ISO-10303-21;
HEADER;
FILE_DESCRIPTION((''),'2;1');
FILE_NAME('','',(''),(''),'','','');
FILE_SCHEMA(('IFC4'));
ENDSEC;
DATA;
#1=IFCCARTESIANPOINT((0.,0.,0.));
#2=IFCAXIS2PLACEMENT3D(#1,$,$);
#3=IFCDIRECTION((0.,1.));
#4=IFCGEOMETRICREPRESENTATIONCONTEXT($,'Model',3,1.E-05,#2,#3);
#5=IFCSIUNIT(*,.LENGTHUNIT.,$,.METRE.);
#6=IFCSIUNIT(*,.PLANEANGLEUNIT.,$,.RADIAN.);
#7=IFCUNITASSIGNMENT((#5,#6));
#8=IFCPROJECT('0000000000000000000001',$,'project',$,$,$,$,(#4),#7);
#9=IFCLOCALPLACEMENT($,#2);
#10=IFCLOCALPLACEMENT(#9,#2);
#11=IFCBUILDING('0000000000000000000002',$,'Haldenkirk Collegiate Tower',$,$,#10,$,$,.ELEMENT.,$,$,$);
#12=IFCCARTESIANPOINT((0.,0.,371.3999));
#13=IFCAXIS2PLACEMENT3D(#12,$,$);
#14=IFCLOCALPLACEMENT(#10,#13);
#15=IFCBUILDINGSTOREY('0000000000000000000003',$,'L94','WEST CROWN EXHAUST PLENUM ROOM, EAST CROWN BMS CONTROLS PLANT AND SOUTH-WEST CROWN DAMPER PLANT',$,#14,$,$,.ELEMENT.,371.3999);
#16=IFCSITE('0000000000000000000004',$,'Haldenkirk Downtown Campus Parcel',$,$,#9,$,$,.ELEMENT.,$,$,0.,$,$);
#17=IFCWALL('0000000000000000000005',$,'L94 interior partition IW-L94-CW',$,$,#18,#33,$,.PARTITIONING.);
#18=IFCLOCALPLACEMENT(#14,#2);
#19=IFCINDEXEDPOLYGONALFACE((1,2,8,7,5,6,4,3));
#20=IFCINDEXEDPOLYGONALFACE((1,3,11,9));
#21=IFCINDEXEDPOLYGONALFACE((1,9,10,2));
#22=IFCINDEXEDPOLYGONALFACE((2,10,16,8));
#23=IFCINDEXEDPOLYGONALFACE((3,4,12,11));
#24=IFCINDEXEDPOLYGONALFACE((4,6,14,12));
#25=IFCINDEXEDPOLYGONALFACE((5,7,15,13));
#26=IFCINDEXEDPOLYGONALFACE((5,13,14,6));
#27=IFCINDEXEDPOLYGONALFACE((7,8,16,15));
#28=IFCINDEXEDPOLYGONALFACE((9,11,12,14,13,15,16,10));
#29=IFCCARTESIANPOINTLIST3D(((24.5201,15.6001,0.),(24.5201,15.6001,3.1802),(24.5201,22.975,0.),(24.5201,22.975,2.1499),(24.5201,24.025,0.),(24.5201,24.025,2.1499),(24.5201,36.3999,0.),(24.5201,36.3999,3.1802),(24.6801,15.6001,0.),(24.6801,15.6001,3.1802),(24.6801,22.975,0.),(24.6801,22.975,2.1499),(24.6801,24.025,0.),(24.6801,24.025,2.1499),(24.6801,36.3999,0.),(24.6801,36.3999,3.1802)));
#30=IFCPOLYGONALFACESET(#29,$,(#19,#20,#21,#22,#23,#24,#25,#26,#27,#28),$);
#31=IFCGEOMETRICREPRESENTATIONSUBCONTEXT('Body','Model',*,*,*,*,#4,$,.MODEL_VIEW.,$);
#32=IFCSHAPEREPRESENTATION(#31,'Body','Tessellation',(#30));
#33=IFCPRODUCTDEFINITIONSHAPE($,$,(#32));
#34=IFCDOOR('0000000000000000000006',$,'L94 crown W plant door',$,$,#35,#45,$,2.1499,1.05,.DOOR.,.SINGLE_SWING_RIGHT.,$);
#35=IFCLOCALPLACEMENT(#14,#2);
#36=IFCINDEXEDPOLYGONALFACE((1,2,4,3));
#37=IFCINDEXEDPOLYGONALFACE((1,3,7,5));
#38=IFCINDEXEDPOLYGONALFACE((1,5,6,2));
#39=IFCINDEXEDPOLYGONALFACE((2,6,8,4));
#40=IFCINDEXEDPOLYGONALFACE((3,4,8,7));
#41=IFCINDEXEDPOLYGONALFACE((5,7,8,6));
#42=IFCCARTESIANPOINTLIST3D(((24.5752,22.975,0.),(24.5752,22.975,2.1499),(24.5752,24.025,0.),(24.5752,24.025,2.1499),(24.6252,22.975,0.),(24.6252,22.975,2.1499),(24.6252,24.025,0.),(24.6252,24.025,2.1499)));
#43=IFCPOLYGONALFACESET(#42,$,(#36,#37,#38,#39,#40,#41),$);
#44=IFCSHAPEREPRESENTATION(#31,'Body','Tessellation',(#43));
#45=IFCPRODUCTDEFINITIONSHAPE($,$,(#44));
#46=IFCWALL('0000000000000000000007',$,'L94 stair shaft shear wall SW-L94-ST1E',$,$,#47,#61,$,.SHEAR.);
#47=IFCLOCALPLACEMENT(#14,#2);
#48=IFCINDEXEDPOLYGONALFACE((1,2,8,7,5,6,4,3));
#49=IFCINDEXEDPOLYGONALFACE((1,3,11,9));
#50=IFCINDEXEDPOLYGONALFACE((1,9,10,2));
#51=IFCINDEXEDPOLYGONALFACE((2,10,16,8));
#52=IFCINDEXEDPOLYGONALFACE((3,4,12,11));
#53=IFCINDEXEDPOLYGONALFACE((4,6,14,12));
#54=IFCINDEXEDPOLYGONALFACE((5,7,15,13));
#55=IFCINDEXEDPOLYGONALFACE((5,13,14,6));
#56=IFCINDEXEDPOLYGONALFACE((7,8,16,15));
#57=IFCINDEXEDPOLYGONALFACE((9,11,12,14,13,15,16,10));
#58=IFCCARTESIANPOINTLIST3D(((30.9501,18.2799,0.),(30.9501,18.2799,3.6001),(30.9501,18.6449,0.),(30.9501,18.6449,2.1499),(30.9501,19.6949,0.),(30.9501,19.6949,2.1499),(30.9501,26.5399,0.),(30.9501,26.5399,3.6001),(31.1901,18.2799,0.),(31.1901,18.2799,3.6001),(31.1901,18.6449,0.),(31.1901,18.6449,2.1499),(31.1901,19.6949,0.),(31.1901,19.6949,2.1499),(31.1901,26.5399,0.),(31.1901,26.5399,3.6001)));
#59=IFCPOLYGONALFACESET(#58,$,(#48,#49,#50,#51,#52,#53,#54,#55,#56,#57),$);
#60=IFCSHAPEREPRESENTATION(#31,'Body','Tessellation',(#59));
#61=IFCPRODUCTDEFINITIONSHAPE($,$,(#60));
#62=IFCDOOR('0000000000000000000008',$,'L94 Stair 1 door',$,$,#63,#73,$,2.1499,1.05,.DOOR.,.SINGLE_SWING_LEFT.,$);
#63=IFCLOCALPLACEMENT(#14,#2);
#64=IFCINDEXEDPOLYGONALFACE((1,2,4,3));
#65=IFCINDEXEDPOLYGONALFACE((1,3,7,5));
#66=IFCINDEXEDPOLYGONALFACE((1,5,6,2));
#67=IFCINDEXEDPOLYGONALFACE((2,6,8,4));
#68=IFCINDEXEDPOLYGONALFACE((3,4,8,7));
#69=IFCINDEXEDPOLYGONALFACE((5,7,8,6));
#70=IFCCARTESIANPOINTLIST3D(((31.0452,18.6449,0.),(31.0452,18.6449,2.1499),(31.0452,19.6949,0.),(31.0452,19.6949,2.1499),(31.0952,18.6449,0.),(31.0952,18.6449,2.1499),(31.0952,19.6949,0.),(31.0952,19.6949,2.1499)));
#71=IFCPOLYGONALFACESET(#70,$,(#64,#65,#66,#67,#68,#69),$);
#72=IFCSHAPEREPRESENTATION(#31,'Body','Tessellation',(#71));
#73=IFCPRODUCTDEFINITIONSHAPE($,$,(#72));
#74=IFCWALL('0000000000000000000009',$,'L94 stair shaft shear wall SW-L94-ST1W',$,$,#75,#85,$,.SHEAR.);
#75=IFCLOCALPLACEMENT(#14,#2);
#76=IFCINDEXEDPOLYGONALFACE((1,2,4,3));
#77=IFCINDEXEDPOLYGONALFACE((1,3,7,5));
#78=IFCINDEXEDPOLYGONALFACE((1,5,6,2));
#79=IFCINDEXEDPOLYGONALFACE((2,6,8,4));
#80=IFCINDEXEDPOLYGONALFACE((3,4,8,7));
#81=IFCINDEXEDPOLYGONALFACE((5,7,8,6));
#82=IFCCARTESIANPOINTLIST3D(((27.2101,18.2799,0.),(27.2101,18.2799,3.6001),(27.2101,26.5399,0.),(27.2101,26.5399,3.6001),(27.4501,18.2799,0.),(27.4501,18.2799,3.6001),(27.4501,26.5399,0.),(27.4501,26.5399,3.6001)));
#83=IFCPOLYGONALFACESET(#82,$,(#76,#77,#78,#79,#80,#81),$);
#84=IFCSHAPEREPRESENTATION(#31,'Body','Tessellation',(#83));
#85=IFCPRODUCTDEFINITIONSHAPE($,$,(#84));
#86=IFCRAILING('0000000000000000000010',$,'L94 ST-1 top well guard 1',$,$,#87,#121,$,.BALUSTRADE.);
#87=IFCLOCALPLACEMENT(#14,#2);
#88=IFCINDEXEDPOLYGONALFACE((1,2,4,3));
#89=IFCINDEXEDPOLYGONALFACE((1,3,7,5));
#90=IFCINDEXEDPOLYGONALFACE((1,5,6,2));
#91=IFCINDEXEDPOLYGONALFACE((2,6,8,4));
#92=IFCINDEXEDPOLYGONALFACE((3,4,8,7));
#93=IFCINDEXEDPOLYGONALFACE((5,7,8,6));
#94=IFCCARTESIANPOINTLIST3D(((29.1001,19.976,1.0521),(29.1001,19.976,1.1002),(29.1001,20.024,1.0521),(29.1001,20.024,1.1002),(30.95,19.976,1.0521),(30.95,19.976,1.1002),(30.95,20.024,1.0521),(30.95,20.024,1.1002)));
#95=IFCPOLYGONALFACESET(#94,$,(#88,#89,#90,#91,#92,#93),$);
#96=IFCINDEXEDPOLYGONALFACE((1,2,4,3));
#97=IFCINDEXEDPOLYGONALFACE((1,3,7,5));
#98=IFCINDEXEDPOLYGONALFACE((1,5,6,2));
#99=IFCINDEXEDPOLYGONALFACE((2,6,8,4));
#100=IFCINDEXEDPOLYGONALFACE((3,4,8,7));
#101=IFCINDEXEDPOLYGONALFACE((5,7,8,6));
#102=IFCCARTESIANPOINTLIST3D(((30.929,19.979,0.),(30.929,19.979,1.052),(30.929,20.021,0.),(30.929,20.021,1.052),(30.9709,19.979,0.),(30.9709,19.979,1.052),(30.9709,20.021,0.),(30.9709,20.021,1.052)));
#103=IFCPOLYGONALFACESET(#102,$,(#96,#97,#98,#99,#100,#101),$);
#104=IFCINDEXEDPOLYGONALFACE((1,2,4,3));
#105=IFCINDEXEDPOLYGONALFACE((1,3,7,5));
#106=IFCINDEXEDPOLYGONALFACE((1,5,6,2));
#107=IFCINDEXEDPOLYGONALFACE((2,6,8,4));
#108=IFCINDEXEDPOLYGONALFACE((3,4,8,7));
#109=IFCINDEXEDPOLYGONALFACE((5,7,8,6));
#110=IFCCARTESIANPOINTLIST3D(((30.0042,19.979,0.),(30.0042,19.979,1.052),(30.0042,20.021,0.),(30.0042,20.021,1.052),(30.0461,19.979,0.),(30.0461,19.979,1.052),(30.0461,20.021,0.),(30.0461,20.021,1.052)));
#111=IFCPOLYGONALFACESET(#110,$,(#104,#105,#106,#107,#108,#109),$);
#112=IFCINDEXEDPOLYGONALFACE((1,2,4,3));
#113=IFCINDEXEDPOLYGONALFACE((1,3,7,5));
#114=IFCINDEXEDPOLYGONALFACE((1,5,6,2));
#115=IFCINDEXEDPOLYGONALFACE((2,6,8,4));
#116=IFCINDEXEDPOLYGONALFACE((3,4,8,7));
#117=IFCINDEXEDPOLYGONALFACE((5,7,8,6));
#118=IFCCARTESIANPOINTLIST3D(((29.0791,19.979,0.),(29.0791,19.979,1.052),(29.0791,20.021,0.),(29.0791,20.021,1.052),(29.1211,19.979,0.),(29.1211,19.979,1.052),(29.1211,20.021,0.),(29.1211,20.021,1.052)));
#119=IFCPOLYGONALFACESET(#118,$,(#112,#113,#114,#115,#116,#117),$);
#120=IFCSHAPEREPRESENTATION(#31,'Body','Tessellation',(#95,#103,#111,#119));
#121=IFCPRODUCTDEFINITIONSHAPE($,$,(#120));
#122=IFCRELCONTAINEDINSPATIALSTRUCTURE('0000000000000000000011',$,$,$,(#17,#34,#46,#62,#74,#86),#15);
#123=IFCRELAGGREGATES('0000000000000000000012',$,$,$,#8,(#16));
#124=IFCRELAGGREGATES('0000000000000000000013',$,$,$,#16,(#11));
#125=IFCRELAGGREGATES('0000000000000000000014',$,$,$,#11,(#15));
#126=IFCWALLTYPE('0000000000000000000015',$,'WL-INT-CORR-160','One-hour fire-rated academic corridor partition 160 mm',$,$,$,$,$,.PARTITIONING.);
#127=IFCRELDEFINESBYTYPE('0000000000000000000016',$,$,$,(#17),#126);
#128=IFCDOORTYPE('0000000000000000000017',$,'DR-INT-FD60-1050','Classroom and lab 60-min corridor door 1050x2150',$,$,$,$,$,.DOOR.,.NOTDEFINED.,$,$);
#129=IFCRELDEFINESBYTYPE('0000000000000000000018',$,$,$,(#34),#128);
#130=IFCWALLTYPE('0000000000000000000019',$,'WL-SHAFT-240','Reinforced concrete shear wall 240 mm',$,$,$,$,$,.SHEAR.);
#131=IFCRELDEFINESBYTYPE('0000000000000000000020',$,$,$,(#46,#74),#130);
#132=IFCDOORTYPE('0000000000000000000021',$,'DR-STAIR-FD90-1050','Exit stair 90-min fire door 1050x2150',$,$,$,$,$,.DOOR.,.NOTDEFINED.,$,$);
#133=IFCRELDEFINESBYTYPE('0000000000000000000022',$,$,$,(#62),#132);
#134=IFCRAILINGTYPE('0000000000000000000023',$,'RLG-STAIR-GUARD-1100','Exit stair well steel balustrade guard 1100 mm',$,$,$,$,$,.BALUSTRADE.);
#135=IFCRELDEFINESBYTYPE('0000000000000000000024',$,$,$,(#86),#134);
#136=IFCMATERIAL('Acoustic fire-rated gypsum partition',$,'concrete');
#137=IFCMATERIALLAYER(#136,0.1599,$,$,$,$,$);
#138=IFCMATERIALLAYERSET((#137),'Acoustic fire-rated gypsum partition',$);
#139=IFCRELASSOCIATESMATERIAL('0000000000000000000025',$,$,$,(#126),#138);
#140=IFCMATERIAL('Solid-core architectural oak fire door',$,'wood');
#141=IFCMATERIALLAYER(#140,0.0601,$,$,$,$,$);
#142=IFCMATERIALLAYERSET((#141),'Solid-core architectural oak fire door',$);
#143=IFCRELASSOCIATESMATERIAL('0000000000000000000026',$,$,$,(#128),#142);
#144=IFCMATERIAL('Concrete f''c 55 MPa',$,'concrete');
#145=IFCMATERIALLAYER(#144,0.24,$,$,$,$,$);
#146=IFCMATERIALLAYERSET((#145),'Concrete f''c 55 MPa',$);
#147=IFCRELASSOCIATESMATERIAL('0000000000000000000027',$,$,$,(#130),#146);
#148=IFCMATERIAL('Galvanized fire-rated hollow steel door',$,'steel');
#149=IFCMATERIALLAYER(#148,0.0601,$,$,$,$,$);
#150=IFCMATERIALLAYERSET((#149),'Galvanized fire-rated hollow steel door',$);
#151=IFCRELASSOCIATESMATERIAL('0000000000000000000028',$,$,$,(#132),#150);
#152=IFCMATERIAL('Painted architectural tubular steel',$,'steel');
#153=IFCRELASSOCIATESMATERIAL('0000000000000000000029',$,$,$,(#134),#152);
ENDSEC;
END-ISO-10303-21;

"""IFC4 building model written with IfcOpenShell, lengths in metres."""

from ifc_helpers import new_model, si_unit, direction, frame, frame_2d, origin, origin_2d, place, context, subcontext, project, spatial, rectangle, extrude, material, layer, layer_set, type_object, element, fill, save


model = new_model("IFC4")

# Units and contexts
model_context = context("Model", 3, precision=1e-05, world=origin(), true_north=direction((0.0, 1.0)))
body_context = subcontext(model_context, "Body", "Model", "MODEL_VIEW")
ifc_project = project(units=[si_unit("LENGTHUNIT", "METRE"), si_unit("PLANEANGLEUNIT", "RADIAN")], contexts=[model_context])

# Site, building, storey
site_placement = place(None, origin())
site = spatial("IfcSite", under=ifc_project, at=site_placement, Name="Haldenkirk Downtown Campus Parcel", CompositionType="ELEMENT", RefElevation=0.0)
building_placement = place(site_placement, origin())
building = spatial("IfcBuilding", under=site, at=building_placement, Name="Haldenkirk Collegiate Tower", CompositionType="ELEMENT")
storey_placement = place(building_placement, frame((0.0, 0.0, 371.3999)))
storey = spatial("IfcBuildingStorey", under=building, at=storey_placement, Name="L94", Description="WEST CROWN EXHAUST PLENUM ROOM, EAST CROWN BMS CONTROLS PLANT AND SOUTH-WEST CROWN DAMPER PLANT", CompositionType="ELEMENT", Elevation=371.3999)

# Shared definitions
ifc_material_1 = material(Name="Concrete f'c 55 MPa", Category="concrete")
ifc_material_2 = material(Name="Galvanized fire-rated hollow steel door", Category="steel")

# Shared definitions
ifc_material_3 = material(Name="Acoustic fire-rated gypsum partition", Category="concrete")
ifc_layer_1 = layer(ifc_material_3, 0.1599)
ifc_layer_set_1 = layer_set([ifc_layer_1], Name="Acoustic fire-rated gypsum partition")
wall_type_1 = type_object("IfcWallType", Name="WL-INT-CORR-160", Description="One-hour fire-rated academic corridor partition 160 mm", PredefinedType="PARTITIONING", material=ifc_layer_set_1)
ifc_material_4 = material(Name="Solid-core architectural oak fire door", Category="wood")
ifc_layer_2 = layer(ifc_material_4, 0.0601)
ifc_layer_set_2 = layer_set([ifc_layer_2], Name="Solid-core architectural oak fire door")
door_type_1 = type_object("IfcDoorType", Name="DR-INT-FD60-1050", Description="Classroom and lab 60-min corridor door 1050x2150", OperationType="NOTDEFINED", PredefinedType="DOOR", material=ifc_layer_set_2)

# Wall, opening, door
wall_1_placement = place(storey_placement, frame((24.6001, 15.6001, 0.0), z_axis=(0.0, 0.0, 1.0), x_axis=(0.0, 1.0, 0.0)))
wall_1 = element("IfcWall", 1, at=wall_1_placement, inside=storey, type_object=wall_type_1, Name="L94 interior partition IW-L94-CW", PredefinedType="PARTITIONING", context=body_context, shape_type="SweptSolid", body=[
    extrude(rectangle(XDim=20.7998, YDim=0.1599, at=frame_2d((10.3999, 0.0))), origin(), (0.0, 0.0, 1.0), 3.1802),
])
opening_1_placement = place(wall_1_placement, frame((7.375, 0.0, 0.0)))
opening_1 = element("IfcOpeningElement", 2, at=opening_1_placement, cuts=wall_1, PredefinedType="OPENING", context=body_context, shape_type="SweptSolid", body=[
    extrude(rectangle(XDim=1.05, YDim=2.1499, at=frame_2d((0.5249, 1.075))), frame((0.0, 0.0898, 0.0), z_axis=(0.0, -1.0, 0.0), x_axis=(1.0, 0.0, 0.0)), (0.0, 0.0, 1.0), 0.1799),
])
door_1_placement = place(opening_1_placement, origin())
door_1 = element("IfcDoor", 3, at=door_1_placement, inside=storey, type_object=door_type_1, Name="L94 crown W plant door", OperationType="SINGLE_SWING_RIGHT", OverallHeight=2.1499, OverallWidth=1.05, PredefinedType="DOOR", context=body_context, shape_type="SweptSolid", body=[
    extrude(rectangle(XDim=1.05, YDim=2.1499, at=frame_2d((0.5249, 1.075))), frame((0.0, 0.0249, 0.0), z_axis=(0.0, -1.0, 0.0), x_axis=(1.0, 0.0, 0.0)), (0.0, 0.0, 1.0), 0.05),
])
fill(opening_1, door_1)

# Wall, opening, door
ifc_layer_3 = layer(ifc_material_1, 0.24)
ifc_layer_set_3 = layer_set([ifc_layer_3], Name="Concrete f'c 55 MPa")
wall_type_2 = type_object("IfcWallType", Name="WL-SHAFT-240", Description="Reinforced concrete shear wall 240 mm", PredefinedType="SHEAR", material=ifc_layer_set_3)
wall_2_placement = place(storey_placement, frame((31.0701, 18.28, 0.0), z_axis=(0.0, 0.0, 1.0), x_axis=(0.0, 1.0, 0.0)))
wall_2 = element("IfcWall", 4, at=wall_2_placement, inside=storey, type_object=wall_type_2, Name="L94 stair shaft shear wall SW-L94-ST1E", PredefinedType="SHEAR", context=body_context, shape_type="SweptSolid", body=[
    extrude(rectangle(XDim=8.26, YDim=0.24, at=frame_2d((4.1299, 0.0))), origin(), (0.0, 0.0, 1.0), 3.6001),
])
opening_2_placement = place(wall_2_placement, frame((0.365, 0.0, 0.0)))
opening_2 = element("IfcOpeningElement", 5, at=opening_2_placement, cuts=wall_2, PredefinedType="OPENING", context=body_context, shape_type="SweptSolid", body=[
    extrude(rectangle(XDim=1.05, YDim=2.1499, at=frame_2d((0.5249, 1.075))), frame((0.0, 0.1299, 0.0), z_axis=(0.0, -1.0, 0.0), x_axis=(1.0, 0.0, 0.0)), (0.0, 0.0, 1.0), 0.26),
])
ifc_layer_4 = layer(ifc_material_2, 0.0601)
ifc_layer_set_4 = layer_set([ifc_layer_4], Name="Galvanized fire-rated hollow steel door")
door_type_2 = type_object("IfcDoorType", Name="DR-STAIR-FD90-1050", Description="Exit stair 90-min fire door 1050x2150", OperationType="NOTDEFINED", PredefinedType="DOOR", material=ifc_layer_set_4)
door_2_placement = place(opening_2_placement, origin())
door_2 = element("IfcDoor", 6, at=door_2_placement, inside=storey, type_object=door_type_2, Name="L94 Stair 1 door", OperationType="SINGLE_SWING_LEFT", OverallHeight=2.1499, OverallWidth=1.05, PredefinedType="DOOR", context=body_context, shape_type="SweptSolid", body=[
    extrude(rectangle(XDim=1.05, YDim=2.1499, at=frame_2d((0.5249, 1.075))), frame((0.0, 0.0249, 0.0), z_axis=(0.0, -1.0, 0.0), x_axis=(1.0, 0.0, 0.0)), (0.0, 0.0, 1.0), 0.05),
])
fill(opening_2, door_2)

# Wall
wall_3_placement = place(storey_placement, frame((27.3301, 18.28, 0.0), z_axis=(0.0, 0.0, 1.0), x_axis=(0.0, 1.0, 0.0)))
element("IfcWall", 7, at=wall_3_placement, inside=storey, type_object=wall_type_2, Name="L94 stair shaft shear wall SW-L94-ST1W", PredefinedType="SHEAR", context=body_context, shape_type="SweptSolid", body=[
    extrude(rectangle(XDim=8.26, YDim=0.24, at=frame_2d((4.1299, 0.0))), origin(), (0.0, 0.0, 1.0), 3.6001),
])

# Railing
ifc_material_5 = material(Name="Painted architectural tubular steel", Category="steel")
railing_type = type_object("IfcRailingType", Name="RLG-STAIR-GUARD-1100", Description="Exit stair well steel balustrade guard 1100 mm", PredefinedType="BALUSTRADE", material=ifc_material_5)
railing_placement = place(storey_placement, frame((30.95, 20.0, 0.0)))
element("IfcRailing", 8, at=railing_placement, inside=storey, type_object=railing_type, Name="L94 ST-1 top well guard 1", PredefinedType="BALUSTRADE", context=body_context, shape_type="SweptSolid", body=[
    extrude(rectangle(XDim=0.0481, YDim=0.0481, at=origin_2d()), frame((0.0, 0.0, 1.0762), z_axis=(-1.0, 0.0, 0.0), x_axis=(0.0, -1.0, 0.0)), (0.0, 0.0, 1.0), 1.8499),
    extrude(rectangle(XDim=0.042, YDim=0.042, at=origin_2d()), origin(), (0.0, 0.0, 1.0), 1.052),
    extrude(rectangle(XDim=0.042, YDim=0.042, at=origin_2d()), frame((-0.9248, 0.0, 0.0)), (0.0, 0.0, 1.0), 1.052),
    extrude(rectangle(XDim=0.042, YDim=0.042, at=origin_2d()), frame((-1.8499, 0.0, 0.0)), (0.0, 0.0, 1.0), 1.052),
])

save(model, "model.ifc")
